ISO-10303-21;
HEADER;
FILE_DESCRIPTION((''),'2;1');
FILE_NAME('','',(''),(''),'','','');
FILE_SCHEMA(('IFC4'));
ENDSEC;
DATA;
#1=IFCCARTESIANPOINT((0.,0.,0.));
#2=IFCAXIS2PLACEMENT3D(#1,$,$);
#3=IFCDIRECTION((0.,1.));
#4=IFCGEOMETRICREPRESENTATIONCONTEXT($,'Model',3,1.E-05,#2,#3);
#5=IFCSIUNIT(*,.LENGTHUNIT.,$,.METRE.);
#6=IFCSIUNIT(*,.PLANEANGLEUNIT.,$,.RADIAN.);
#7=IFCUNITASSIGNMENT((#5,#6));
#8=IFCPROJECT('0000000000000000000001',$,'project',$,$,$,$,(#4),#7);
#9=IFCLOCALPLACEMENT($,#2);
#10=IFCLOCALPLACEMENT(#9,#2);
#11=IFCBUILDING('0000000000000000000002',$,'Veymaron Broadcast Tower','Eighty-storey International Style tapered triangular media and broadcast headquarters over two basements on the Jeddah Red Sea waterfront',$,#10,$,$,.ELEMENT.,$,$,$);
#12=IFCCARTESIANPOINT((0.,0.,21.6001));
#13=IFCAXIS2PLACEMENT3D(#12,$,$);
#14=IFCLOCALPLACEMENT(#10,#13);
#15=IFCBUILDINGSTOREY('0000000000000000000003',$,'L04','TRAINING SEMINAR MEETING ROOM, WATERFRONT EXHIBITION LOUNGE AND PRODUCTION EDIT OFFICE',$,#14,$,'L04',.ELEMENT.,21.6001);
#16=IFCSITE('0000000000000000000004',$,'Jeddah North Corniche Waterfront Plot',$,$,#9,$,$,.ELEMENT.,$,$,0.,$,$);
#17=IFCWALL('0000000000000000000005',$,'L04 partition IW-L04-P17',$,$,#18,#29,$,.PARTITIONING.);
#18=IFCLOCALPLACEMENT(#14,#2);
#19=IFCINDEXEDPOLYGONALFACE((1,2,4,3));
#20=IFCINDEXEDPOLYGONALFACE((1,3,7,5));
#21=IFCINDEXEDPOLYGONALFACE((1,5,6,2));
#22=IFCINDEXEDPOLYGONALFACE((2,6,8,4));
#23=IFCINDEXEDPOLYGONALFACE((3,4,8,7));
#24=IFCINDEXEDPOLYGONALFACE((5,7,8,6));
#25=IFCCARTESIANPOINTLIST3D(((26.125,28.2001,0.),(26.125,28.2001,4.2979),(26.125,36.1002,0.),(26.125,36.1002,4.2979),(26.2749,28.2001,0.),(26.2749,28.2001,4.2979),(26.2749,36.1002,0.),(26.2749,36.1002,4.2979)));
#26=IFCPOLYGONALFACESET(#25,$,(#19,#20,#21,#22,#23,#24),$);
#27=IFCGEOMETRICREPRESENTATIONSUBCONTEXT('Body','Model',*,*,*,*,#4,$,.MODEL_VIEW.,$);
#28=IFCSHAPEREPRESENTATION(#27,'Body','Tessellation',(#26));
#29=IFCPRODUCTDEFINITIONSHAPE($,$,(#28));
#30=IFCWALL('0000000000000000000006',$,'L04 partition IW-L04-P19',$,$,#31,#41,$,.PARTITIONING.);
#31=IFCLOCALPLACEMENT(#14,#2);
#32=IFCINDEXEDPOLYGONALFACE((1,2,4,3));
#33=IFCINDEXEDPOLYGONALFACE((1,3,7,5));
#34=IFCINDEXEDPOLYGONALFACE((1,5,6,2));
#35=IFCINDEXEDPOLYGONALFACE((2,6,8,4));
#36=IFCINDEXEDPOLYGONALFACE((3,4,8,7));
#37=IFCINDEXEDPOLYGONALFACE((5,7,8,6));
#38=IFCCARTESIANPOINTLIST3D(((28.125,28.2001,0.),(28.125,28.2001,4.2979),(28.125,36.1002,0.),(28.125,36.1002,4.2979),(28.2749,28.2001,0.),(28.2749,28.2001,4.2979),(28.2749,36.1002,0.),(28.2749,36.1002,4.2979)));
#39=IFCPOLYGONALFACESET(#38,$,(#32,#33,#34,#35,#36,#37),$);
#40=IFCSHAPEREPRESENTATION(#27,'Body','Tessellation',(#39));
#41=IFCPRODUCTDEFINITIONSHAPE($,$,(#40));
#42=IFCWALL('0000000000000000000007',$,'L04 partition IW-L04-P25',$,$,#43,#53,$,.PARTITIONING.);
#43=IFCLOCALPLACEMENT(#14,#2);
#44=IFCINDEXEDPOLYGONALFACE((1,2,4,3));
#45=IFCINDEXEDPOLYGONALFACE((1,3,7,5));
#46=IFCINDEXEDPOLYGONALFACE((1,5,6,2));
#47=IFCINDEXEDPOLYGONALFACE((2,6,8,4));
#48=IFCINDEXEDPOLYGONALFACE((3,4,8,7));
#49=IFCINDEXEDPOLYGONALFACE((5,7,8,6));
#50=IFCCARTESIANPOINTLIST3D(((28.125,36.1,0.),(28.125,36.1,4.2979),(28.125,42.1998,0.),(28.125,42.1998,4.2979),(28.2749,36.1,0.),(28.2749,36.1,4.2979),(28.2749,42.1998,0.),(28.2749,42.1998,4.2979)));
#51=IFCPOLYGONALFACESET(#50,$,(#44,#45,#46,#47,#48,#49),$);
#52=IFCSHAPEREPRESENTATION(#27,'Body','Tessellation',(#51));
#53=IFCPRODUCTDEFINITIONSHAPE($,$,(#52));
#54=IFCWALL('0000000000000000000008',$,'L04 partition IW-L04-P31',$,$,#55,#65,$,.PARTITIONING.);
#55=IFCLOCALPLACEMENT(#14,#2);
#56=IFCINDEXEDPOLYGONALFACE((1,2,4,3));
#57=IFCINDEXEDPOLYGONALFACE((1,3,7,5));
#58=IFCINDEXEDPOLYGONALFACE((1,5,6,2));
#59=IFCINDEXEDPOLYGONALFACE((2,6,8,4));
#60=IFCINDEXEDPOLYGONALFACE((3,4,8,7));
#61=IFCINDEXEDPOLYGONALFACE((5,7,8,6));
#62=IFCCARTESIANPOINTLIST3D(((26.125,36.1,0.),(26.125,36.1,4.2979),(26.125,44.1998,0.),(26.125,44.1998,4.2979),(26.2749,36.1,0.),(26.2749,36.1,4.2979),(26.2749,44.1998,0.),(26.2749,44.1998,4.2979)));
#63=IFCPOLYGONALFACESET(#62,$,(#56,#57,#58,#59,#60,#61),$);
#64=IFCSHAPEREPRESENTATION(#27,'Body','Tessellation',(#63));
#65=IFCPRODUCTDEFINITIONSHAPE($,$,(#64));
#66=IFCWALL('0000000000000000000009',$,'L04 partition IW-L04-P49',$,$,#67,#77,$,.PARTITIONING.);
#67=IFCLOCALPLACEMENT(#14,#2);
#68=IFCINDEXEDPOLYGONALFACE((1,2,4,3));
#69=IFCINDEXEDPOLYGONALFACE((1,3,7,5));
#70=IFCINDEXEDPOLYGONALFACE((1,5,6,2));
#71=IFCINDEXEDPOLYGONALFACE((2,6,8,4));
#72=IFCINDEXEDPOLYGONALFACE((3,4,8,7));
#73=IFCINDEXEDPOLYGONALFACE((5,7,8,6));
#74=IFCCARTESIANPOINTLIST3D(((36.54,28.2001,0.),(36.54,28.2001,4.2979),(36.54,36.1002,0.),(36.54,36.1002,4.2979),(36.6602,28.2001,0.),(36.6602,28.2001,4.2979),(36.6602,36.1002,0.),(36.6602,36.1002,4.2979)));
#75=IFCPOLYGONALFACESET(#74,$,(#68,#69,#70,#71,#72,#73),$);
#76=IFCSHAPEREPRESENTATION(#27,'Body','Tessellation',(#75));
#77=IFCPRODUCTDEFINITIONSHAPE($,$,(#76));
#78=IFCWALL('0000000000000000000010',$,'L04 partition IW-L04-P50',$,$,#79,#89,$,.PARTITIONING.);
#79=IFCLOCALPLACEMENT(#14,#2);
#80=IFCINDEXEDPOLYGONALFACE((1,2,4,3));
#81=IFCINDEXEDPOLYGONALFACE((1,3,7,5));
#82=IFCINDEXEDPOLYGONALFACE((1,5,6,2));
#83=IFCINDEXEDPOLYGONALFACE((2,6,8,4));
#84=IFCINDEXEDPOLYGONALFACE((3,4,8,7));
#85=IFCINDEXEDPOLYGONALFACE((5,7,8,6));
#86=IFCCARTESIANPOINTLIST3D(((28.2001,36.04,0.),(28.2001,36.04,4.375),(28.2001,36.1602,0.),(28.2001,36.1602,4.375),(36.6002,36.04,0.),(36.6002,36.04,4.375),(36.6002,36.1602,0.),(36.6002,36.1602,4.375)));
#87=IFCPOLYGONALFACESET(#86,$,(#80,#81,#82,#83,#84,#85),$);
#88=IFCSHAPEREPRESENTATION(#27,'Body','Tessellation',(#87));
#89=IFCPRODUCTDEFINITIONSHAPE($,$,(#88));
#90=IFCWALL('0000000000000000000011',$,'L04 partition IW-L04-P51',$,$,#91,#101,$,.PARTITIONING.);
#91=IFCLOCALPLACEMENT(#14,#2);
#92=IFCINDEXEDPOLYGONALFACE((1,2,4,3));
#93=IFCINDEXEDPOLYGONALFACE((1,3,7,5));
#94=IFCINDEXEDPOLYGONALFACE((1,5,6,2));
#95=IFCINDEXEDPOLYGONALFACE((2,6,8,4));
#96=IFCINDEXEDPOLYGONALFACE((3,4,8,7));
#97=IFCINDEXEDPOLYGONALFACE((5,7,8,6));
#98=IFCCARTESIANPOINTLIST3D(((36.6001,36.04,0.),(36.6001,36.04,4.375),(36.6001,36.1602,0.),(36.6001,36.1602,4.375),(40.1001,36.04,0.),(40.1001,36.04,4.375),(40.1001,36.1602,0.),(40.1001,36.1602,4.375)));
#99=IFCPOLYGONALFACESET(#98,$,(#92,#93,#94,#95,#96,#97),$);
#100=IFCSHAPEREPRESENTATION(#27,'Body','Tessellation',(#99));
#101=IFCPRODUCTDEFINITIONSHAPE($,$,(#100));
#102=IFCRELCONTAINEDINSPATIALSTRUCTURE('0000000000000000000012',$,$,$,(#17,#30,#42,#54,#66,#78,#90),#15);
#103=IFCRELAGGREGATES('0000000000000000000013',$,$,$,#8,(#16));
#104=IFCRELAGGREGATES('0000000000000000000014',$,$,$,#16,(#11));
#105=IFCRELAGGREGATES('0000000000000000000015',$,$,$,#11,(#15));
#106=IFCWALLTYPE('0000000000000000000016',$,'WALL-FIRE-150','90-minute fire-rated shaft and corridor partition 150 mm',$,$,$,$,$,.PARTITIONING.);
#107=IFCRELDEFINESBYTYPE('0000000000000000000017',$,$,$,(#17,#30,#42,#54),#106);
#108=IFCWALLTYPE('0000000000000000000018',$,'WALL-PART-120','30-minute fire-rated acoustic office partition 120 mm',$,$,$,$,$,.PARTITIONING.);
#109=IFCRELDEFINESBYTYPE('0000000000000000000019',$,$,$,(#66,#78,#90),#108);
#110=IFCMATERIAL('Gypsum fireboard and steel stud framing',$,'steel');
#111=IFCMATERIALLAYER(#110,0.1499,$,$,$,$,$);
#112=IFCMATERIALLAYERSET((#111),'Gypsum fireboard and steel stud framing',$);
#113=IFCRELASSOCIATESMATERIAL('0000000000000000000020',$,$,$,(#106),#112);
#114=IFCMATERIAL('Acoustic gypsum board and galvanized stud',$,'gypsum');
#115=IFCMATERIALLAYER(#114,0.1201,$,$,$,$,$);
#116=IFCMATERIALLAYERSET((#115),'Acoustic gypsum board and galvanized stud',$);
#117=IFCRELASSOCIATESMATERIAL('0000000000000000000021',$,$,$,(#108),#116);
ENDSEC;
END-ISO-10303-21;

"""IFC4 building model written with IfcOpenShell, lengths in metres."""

from ifc_helpers import new_model, si_unit, direction, frame, frame_2d, origin, place, context, subcontext, project, spatial, rectangle, extrude, material, layer, layer_set, type_object, element, save


model = new_model("IFC4")

# Units and contexts
model_context = context("Model", 3, precision=1e-05, world=origin(), true_north=direction((0.0, 1.0)))
body_context = subcontext(model_context, "Body", "Model", "MODEL_VIEW")
ifc_project = project(units=[si_unit("LENGTHUNIT", "METRE"), si_unit("PLANEANGLEUNIT", "RADIAN")], contexts=[model_context])

# Site, building, storey
site_placement = place(None, origin())
site = spatial("IfcSite", under=ifc_project, at=site_placement, Name="Jeddah North Corniche Waterfront Plot", CompositionType="ELEMENT", RefElevation=0.0)
building_placement = place(site_placement, origin())
building = spatial("IfcBuilding", under=site, at=building_placement, Name="Veymaron Broadcast Tower", Description="Eighty-storey International Style tapered triangular media and broadcast headquarters over two basements on the Jeddah Red Sea waterfront", CompositionType="ELEMENT")
storey_placement = place(building_placement, frame((0.0, 0.0, 21.6001)))
storey = spatial("IfcBuildingStorey", under=building, at=storey_placement, Name="L04", Description="TRAINING SEMINAR MEETING ROOM, WATERFRONT EXHIBITION LOUNGE AND PRODUCTION EDIT OFFICE", LongName="L04", CompositionType="ELEMENT", Elevation=21.6001)

# Shared definitions
ifc_material_1 = material(Name="Gypsum fireboard and steel stud framing", Category="steel")
ifc_layer_1 = layer(ifc_material_1, 0.1499)
ifc_layer_set_1 = layer_set([ifc_layer_1], Name="Gypsum fireboard and steel stud framing")
wall_type_1 = type_object("IfcWallType", Name="WALL-FIRE-150", Description="90-minute fire-rated shaft and corridor partition 150 mm", PredefinedType="PARTITIONING", material=ifc_layer_set_1)

# Walls
for number, where, z_axis, x_axis, name in (
    (1, (26.2, 28.2, 0.0), (0.0, 0.0, 1.0), (0.0, 1.0, 0.0), "L04 partition IW-L04-P17"),
    (2, (28.2, 28.2, 0.0), (0.0, 0.0, 1.0), (0.0, 1.0, 0.0), "L04 partition IW-L04-P19"),
):
    element("IfcWall", number, at=place(storey_placement, frame(where, z_axis=z_axis, x_axis=x_axis)), inside=storey, type_object=wall_type_1, Name=name, PredefinedType="PARTITIONING", context=body_context, shape_type="SweptSolid", body=[
        extrude(rectangle(XDim=7.9001, YDim=0.1499, at=frame_2d((3.9502, 0.0))), origin(), (0.0, 0.0, 1.0), 4.2979),
    ])
wall_1_placement = place(storey_placement, frame((28.2, 36.1001, 0.0), z_axis=(0.0, 0.0, 1.0), x_axis=(0.0, 1.0, 0.0)))
element("IfcWall", 3, at=wall_1_placement, inside=storey, type_object=wall_type_1, Name="L04 partition IW-L04-P25", PredefinedType="PARTITIONING", context=body_context, shape_type="SweptSolid", body=[
    extrude(rectangle(XDim=6.0999, YDim=0.1499, at=frame_2d((3.0498, 0.0))), origin(), (0.0, 0.0, 1.0), 4.2979),
])
wall_2_placement = place(storey_placement, frame((26.2, 36.1001, 0.0), z_axis=(0.0, 0.0, 1.0), x_axis=(0.0, 1.0, 0.0)))
element("IfcWall", 4, at=wall_2_placement, inside=storey, type_object=wall_type_1, Name="L04 partition IW-L04-P31", PredefinedType="PARTITIONING", context=body_context, shape_type="SweptSolid", body=[
    extrude(rectangle(XDim=8.0999, YDim=0.1499, at=frame_2d((4.0498, 0.0))), origin(), (0.0, 0.0, 1.0), 4.2979),
])
ifc_material_2 = material(Name="Acoustic gypsum board and galvanized stud", Category="gypsum")
ifc_layer_2 = layer(ifc_material_2, 0.1201)
ifc_layer_set_2 = layer_set([ifc_layer_2], Name="Acoustic gypsum board and galvanized stud")
wall_type_2 = type_object("IfcWallType", Name="WALL-PART-120", Description="30-minute fire-rated acoustic office partition 120 mm", PredefinedType="PARTITIONING", material=ifc_layer_set_2)
wall_3_placement = place(storey_placement, frame((36.6001, 28.2, 0.0), z_axis=(0.0, 0.0, 1.0), x_axis=(0.0, 1.0, 0.0)))
element("IfcWall", 5, at=wall_3_placement, inside=storey, type_object=wall_type_2, Name="L04 partition IW-L04-P49", PredefinedType="PARTITIONING", context=body_context, shape_type="SweptSolid", body=[
    extrude(rectangle(XDim=7.9001, YDim=0.1201, at=frame_2d((3.9502, 0.0))), origin(), (0.0, 0.0, 1.0), 4.2979),
])
wall_4_placement = place(storey_placement, frame((28.2, 36.1001, 0.0), z_axis=(0.0, 0.0, 1.0), x_axis=(1.0, 0.0, 0.0)))
element("IfcWall", 6, at=wall_4_placement, inside=storey, type_object=wall_type_2, Name="L04 partition IW-L04-P50", PredefinedType="PARTITIONING", context=body_context, shape_type="SweptSolid", body=[
    extrude(rectangle(XDim=8.4001, YDim=0.1201, at=frame_2d((4.2002, 0.0))), origin(), (0.0, 0.0, 1.0), 4.375),
])
wall_5_placement = place(storey_placement, frame((36.6001, 36.1001, 0.0), z_axis=(0.0, 0.0, 1.0), x_axis=(1.0, 0.0, 0.0)))
element("IfcWall", 7, at=wall_5_placement, inside=storey, type_object=wall_type_2, Name="L04 partition IW-L04-P51", PredefinedType="PARTITIONING", context=body_context, shape_type="SweptSolid", body=[
    extrude(rectangle(XDim=3.5, YDim=0.1201, at=frame_2d((1.75, 0.0))), origin(), (0.0, 0.0, 1.0), 4.375),
])

save(model, "model.ifc")
